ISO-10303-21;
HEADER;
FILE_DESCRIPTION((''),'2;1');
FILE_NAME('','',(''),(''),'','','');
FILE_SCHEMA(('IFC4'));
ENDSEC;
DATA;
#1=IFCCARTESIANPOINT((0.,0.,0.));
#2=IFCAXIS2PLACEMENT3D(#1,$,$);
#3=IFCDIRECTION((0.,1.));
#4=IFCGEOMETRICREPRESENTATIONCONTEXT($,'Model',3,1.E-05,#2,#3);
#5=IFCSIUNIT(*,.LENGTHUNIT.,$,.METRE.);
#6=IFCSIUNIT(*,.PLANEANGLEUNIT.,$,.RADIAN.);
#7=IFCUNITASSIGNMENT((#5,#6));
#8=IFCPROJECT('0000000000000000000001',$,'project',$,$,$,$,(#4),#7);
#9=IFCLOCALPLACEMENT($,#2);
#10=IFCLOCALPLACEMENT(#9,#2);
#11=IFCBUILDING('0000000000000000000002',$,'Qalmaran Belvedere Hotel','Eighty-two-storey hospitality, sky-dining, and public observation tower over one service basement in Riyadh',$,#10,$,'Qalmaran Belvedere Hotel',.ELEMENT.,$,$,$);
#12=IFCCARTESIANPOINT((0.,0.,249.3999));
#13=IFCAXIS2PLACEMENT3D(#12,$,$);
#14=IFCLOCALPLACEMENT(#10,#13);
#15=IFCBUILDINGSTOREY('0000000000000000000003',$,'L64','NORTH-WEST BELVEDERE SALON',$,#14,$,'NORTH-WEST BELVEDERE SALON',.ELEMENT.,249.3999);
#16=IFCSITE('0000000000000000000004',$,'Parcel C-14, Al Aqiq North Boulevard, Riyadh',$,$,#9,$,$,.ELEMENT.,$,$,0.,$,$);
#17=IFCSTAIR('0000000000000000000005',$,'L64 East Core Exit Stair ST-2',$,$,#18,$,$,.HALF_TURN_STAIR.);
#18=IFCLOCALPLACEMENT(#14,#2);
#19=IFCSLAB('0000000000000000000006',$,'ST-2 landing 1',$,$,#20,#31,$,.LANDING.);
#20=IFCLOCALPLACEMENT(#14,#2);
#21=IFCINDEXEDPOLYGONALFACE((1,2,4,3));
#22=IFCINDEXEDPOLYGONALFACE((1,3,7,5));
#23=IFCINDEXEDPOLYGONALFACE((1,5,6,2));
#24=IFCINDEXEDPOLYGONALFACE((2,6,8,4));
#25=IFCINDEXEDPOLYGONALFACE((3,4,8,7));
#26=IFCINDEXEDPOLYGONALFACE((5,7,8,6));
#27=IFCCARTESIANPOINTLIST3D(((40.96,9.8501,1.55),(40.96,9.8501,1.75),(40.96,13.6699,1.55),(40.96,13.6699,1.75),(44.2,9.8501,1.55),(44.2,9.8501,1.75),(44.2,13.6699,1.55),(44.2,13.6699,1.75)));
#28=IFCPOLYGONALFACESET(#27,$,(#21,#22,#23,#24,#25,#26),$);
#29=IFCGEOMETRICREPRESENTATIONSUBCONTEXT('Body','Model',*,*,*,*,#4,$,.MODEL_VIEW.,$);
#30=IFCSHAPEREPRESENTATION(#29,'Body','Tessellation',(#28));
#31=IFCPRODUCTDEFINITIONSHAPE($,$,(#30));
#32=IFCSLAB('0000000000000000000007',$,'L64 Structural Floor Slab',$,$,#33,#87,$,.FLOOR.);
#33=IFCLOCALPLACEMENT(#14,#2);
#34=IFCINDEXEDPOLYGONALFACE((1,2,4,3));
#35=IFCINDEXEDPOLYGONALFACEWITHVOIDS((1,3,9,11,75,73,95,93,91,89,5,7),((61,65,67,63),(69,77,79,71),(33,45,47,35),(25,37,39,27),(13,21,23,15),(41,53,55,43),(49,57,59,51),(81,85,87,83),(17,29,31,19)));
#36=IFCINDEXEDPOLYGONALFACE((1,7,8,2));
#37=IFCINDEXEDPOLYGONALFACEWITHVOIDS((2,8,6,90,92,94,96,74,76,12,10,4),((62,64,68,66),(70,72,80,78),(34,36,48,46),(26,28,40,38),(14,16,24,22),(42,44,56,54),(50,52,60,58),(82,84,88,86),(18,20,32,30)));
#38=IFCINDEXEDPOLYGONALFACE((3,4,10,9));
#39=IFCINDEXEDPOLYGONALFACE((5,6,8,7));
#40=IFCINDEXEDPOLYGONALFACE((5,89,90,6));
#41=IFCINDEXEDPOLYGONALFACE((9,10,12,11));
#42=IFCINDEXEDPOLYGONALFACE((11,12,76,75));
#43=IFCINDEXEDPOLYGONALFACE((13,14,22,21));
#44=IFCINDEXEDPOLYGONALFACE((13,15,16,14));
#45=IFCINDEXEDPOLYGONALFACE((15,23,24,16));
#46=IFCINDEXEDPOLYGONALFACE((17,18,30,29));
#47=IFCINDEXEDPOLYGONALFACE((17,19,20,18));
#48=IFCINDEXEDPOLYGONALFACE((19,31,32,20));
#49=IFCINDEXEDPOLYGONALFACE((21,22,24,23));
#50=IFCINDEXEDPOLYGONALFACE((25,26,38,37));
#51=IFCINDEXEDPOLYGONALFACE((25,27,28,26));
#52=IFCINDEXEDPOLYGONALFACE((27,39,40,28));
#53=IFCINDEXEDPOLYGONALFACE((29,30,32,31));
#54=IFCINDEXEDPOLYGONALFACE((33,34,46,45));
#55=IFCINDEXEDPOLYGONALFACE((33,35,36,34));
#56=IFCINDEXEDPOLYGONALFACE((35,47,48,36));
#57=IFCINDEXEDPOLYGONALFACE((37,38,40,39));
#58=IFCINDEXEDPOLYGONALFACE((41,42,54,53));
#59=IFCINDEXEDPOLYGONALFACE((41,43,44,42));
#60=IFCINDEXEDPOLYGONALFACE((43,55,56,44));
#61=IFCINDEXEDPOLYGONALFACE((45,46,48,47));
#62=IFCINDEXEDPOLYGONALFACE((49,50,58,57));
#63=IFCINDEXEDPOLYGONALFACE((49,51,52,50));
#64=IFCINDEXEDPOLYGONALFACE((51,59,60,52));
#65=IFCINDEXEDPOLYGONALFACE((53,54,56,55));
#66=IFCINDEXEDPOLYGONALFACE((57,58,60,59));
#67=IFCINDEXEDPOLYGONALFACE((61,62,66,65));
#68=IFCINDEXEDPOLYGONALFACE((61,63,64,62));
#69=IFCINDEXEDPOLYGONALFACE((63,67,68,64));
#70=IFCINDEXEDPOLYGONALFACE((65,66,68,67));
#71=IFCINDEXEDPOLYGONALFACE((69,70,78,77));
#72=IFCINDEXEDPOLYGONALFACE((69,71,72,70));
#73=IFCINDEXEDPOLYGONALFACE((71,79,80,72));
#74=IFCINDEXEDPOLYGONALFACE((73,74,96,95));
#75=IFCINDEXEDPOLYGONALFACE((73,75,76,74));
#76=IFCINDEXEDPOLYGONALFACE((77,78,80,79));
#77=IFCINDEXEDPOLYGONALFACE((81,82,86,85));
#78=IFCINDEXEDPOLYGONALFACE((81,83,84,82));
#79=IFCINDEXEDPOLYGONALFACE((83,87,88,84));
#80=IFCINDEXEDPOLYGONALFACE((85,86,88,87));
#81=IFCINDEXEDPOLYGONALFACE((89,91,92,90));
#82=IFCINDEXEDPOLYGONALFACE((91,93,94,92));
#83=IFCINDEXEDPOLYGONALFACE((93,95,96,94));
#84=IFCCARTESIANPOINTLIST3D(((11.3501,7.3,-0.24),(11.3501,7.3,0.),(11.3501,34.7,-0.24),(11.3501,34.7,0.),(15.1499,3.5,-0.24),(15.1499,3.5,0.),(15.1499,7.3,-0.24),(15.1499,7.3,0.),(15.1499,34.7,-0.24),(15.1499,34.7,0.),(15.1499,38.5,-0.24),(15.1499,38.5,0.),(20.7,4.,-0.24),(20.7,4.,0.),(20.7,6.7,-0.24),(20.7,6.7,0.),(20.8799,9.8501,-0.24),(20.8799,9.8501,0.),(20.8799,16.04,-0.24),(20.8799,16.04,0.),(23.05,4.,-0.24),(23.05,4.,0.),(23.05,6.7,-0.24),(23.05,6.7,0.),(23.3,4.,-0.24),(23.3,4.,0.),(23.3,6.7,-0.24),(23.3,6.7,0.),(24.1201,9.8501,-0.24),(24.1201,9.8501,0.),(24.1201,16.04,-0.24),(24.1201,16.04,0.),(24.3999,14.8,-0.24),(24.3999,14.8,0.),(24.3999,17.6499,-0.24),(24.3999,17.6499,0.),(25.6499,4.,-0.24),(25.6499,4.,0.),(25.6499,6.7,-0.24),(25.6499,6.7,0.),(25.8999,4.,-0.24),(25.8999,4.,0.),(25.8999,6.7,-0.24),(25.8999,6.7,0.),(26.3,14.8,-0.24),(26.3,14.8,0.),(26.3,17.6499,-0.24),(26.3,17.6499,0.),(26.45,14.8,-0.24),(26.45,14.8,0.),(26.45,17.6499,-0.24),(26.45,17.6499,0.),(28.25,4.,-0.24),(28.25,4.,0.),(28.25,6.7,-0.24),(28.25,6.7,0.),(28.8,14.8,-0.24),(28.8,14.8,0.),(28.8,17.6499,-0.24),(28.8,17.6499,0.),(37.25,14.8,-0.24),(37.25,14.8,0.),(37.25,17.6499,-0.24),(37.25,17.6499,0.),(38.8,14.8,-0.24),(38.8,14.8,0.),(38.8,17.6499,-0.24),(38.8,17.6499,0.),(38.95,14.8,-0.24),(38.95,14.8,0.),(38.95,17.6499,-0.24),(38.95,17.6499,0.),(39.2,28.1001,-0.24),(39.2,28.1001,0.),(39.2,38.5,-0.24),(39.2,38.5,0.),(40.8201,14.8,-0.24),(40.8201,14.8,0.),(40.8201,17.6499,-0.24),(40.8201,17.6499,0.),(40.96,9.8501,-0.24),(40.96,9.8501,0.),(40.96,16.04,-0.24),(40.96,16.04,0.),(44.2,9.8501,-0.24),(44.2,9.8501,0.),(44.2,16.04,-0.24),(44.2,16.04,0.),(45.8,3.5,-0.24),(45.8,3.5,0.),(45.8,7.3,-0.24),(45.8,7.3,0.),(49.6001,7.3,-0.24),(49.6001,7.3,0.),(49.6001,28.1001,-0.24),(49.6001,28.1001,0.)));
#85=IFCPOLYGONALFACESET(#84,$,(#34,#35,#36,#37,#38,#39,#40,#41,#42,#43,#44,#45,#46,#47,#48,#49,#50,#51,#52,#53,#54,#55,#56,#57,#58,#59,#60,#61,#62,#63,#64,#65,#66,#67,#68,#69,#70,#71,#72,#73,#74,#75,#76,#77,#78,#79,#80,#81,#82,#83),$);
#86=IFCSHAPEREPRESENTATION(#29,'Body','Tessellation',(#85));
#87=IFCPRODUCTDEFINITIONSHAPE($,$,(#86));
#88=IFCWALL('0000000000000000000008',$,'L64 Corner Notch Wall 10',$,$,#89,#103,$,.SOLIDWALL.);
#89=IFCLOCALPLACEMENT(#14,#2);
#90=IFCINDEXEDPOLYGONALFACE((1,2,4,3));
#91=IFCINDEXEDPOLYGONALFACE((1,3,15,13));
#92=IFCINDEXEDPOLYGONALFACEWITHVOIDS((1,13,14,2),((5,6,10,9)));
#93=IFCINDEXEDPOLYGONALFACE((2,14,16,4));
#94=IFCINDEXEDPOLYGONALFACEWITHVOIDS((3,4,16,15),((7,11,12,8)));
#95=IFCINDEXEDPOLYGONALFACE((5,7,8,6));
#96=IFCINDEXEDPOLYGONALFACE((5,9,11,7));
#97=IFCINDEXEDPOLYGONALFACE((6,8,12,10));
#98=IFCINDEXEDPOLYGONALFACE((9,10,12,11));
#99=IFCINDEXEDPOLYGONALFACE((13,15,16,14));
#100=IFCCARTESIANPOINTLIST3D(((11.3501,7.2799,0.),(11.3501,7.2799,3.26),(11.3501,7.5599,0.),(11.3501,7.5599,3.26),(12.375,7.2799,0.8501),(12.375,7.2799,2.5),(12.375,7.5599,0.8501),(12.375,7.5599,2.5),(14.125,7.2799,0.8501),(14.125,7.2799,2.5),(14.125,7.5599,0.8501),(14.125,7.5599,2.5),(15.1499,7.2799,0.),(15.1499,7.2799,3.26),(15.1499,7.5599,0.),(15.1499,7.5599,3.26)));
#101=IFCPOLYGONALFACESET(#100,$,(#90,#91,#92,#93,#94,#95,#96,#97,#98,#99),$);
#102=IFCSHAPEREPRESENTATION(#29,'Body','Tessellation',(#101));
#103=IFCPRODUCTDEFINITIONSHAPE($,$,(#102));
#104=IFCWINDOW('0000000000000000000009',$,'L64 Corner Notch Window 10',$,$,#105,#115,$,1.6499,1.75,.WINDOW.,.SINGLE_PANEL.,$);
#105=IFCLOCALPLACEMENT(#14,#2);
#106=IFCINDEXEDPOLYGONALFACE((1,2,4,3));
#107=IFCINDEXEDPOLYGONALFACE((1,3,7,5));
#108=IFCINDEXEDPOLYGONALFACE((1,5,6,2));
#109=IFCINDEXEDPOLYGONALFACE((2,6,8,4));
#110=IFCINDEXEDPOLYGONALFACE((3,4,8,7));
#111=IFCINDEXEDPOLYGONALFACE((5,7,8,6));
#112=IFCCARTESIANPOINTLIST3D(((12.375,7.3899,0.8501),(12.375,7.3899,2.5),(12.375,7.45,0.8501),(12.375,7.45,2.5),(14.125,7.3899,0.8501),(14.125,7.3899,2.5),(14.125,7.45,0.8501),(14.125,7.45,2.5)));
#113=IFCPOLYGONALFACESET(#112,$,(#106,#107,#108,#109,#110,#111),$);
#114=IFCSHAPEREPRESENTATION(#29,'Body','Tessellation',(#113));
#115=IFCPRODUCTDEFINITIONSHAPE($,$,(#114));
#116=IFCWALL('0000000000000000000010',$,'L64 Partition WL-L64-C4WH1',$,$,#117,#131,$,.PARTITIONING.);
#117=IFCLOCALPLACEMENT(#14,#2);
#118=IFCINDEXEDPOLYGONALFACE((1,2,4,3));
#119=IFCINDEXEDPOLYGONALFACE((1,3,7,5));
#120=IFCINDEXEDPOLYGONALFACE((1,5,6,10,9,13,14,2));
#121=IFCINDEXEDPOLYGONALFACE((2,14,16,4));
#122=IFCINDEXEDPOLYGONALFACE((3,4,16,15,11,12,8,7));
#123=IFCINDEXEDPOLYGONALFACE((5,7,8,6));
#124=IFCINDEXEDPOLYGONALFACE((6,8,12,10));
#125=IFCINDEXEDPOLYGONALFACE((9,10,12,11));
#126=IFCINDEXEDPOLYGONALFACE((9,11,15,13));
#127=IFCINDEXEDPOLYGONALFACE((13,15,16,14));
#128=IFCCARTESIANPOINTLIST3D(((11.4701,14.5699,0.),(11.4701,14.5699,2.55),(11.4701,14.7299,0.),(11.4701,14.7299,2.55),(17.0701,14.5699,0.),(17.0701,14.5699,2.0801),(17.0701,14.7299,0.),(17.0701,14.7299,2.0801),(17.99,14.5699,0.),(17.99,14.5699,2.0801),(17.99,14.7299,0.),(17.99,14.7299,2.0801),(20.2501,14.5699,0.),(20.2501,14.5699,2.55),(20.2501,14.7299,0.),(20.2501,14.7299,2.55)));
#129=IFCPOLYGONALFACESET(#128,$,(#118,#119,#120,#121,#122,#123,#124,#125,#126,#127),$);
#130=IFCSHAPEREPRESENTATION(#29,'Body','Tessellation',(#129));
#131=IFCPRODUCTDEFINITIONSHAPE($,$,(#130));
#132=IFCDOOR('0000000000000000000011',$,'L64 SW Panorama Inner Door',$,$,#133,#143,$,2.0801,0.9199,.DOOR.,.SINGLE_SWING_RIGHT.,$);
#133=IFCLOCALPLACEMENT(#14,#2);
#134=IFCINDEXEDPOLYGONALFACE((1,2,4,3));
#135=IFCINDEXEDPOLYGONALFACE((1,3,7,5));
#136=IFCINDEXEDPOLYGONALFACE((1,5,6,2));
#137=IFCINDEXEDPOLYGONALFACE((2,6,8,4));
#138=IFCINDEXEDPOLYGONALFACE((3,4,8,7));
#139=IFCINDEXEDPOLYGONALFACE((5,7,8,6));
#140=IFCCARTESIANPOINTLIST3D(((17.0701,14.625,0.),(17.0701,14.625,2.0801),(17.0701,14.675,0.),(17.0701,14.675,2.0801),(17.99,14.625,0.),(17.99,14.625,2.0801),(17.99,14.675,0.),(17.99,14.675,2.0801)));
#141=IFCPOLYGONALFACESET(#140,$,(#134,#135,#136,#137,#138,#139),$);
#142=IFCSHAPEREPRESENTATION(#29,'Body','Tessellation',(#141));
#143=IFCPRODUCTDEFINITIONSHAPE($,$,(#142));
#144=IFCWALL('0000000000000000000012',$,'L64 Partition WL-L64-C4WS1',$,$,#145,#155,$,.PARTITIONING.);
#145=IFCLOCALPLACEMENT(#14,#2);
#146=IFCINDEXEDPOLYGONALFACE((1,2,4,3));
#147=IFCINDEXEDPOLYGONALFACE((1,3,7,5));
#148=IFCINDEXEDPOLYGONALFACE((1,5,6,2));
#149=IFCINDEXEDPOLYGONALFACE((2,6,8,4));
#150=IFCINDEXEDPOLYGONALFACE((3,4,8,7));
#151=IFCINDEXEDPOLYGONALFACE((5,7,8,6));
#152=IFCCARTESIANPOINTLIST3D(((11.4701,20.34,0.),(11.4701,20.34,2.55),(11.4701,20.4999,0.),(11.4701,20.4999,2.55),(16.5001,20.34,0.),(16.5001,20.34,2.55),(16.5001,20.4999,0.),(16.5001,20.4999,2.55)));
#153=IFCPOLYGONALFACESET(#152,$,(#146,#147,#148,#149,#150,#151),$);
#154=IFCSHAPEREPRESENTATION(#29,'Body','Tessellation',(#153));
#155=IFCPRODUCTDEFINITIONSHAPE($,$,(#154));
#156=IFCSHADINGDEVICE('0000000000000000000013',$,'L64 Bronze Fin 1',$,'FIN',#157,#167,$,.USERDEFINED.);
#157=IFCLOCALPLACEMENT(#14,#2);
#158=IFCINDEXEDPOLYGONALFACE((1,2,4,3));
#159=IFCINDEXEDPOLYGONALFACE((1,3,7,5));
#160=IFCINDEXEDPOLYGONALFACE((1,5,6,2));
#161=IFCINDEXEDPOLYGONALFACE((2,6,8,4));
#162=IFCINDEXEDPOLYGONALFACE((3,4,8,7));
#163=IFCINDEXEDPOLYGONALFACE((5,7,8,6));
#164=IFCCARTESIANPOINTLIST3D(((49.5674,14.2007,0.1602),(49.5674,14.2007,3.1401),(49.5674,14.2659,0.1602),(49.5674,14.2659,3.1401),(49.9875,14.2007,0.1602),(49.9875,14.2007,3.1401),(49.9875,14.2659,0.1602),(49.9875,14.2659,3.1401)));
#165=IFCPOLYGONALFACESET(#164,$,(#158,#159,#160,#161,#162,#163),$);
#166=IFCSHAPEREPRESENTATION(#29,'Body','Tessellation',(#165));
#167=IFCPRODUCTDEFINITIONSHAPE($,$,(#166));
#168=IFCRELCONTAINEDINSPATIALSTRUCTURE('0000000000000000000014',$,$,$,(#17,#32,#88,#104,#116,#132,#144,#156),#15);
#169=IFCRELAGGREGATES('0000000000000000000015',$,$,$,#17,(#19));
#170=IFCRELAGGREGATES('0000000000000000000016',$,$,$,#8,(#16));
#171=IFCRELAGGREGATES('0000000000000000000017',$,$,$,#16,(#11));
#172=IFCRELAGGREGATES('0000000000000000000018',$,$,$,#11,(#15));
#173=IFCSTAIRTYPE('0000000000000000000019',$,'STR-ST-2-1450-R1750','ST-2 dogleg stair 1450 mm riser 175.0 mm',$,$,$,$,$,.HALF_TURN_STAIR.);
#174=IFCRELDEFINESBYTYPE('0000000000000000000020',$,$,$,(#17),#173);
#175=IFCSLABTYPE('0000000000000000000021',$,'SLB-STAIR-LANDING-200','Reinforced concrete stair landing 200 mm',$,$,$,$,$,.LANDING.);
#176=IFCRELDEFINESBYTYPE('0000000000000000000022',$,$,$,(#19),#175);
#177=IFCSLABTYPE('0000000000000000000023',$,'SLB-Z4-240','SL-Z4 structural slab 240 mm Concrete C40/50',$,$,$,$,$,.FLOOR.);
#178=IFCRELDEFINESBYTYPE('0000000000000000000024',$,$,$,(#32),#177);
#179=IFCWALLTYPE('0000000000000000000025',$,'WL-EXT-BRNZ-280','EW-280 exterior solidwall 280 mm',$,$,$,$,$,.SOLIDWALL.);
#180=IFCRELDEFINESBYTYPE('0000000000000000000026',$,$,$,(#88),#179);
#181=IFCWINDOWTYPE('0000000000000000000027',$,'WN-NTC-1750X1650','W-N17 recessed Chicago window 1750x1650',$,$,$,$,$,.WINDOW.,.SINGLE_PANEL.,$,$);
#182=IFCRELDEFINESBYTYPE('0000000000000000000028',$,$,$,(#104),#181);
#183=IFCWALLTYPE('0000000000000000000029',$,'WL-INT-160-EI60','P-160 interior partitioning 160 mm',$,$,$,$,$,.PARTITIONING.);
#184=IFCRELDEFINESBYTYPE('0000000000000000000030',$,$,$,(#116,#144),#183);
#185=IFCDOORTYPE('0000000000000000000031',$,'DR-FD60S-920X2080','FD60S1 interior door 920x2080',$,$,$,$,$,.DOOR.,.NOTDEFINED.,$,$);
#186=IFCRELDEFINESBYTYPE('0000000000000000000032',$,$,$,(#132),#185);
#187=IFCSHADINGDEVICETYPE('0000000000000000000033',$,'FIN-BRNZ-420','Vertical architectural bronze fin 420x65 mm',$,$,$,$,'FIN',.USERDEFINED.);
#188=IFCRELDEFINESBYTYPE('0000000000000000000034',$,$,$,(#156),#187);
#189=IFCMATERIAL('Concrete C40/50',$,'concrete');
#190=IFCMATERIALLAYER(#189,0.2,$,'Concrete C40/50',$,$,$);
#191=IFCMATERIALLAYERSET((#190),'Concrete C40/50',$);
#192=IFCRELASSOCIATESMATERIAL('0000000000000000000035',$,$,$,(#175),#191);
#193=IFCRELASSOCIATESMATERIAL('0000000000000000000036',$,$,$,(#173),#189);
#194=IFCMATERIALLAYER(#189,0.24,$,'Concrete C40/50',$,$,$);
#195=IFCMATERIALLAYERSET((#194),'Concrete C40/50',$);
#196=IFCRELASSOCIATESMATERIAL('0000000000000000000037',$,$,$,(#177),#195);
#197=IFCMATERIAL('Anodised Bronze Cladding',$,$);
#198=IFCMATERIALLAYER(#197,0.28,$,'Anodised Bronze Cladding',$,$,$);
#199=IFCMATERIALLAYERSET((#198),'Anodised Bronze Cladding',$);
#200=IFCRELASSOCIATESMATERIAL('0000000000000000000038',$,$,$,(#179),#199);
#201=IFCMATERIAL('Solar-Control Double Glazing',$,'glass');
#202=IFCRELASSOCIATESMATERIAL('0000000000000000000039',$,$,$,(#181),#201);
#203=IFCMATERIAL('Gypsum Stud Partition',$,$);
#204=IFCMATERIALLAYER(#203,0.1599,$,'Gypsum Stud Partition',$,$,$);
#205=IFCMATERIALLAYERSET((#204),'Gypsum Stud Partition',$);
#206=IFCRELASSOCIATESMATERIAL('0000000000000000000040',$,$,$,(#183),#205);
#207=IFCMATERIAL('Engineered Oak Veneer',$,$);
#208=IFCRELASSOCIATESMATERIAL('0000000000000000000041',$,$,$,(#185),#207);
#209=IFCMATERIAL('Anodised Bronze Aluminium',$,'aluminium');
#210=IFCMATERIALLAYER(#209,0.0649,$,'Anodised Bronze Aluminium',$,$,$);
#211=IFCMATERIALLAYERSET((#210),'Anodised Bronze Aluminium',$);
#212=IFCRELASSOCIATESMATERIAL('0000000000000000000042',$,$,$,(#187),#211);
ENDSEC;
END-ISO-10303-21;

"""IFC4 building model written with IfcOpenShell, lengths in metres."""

from ifc_helpers import new_model, si_unit, direction, frame, frame_2d, origin, place, context, subcontext, project, spatial, polyline, rectangle, outline, extrude, material, layer, layer_set, type_object, element, fill, aggregate, save


model = new_model("IFC4")

# Units and contexts
model_context = context("Model", 3, precision=1e-05, world=origin(), true_north=direction((0.0, 1.0)))
body_context = subcontext(model_context, "Body", "Model", "MODEL_VIEW")
ifc_project = project(units=[si_unit("LENGTHUNIT", "METRE"), si_unit("PLANEANGLEUNIT", "RADIAN")], contexts=[model_context])

# Site, building, storey
site_placement = place(None, origin())
site = spatial("IfcSite", under=ifc_project, at=site_placement, Name="Parcel C-14, Al Aqiq North Boulevard, Riyadh", CompositionType="ELEMENT", RefElevation=0.0)
building_placement = place(site_placement, origin())
building = spatial("IfcBuilding", under=site, at=building_placement, Name="Qalmaran Belvedere Hotel", Description="Eighty-two-storey hospitality, sky-dining, and public observation tower over one service basement in Riyadh", LongName="Qalmaran Belvedere Hotel", CompositionType="ELEMENT")
storey_placement = place(building_placement, frame((0.0, 0.0, 249.3999)))
storey = spatial("IfcBuildingStorey", under=building, at=storey_placement, Name="L64", Description="NORTH-WEST BELVEDERE SALON", LongName="NORTH-WEST BELVEDERE SALON", CompositionType="ELEMENT", Elevation=249.3999)

# Shared definitions
ifc_material_1 = material(Name="Anodised Bronze Aluminium", Category="aluminium")

# Shared definitions
ifc_material_2 = material(Name="Solar-Control Double Glazing", Category="glass")

# Shared definitions
ifc_material_3 = material(Name="Concrete C40/50", Category="concrete")

# Stair, slab
ifc_layer_1 = layer(ifc_material_3, 0.2, Name="Concrete C40/50")
ifc_layer_set_1 = layer_set([ifc_layer_1], Name="Concrete C40/50")
slab_type_1 = type_object("IfcSlabType", Name="SLB-STAIR-LANDING-200", Description="Reinforced concrete stair landing 200 mm", PredefinedType="LANDING", material=ifc_layer_set_1)
stair_type_1 = type_object("IfcStairType", Name="STR-ST-2-1450-R1750", Description="ST-2 dogleg stair 1450 mm riser 175.0 mm", PredefinedType="HALF_TURN_STAIR", material=ifc_material_3)
stair_1_placement = place(storey_placement, origin())
stair_1 = element("IfcStair", 1, at=stair_1_placement, inside=storey, type_object=stair_type_1, Name="L64 East Core Exit Stair ST-2", PredefinedType="HALF_TURN_STAIR")
slab_1_placement = place(storey_placement, frame((0.0, 0.0, 1.55)))
slab_1 = element("IfcSlab", 2, at=slab_1_placement, type_object=slab_type_1, Name="ST-2 landing 1", PredefinedType="LANDING", context=body_context, shape_type="SweptSolid", body=[
    extrude(outline(polyline([(40.96, 13.6699), (40.96, 9.8501), (44.2, 9.8501), (44.2, 13.6699), (40.96, 13.6699)])), origin(), (0.0, 0.0, 1.0), 0.2),
])
aggregate(stair_1, [slab_1])

# Slab
ifc_layer_2 = layer(ifc_material_3, 0.24, Name="Concrete C40/50")
ifc_layer_set_2 = layer_set([ifc_layer_2], Name="Concrete C40/50")
slab_type_2 = type_object("IfcSlabType", Name="SLB-Z4-240", Description="SL-Z4 structural slab 240 mm Concrete C40/50", PredefinedType="FLOOR", material=ifc_layer_set_2)
slab_2_placement = place(storey_placement, frame((0.0, 0.0, -0.24)))
element("IfcSlab", 3, at=slab_2_placement, inside=storey, type_object=slab_type_2, Name="L64 Structural Floor Slab", PredefinedType="FLOOR", context=body_context, shape_type="SweptSolid", body=[
    extrude(outline(polyline([(15.1499, 3.5), (45.8, 3.5), (45.8, 7.3), (49.6001, 7.3), (49.6001, 28.1001), (39.2, 28.1001), (39.2, 38.5), (15.1499, 38.5), (15.1499, 34.7), (11.3501, 34.7), (11.3501, 7.3), (15.1499, 7.3), (15.1499, 3.5)]), holes=[polyline([(20.8799, 9.8501), (24.1201, 9.8501), (24.1201, 16.04), (20.8799, 16.04), (20.8799, 9.8501)]), polyline([(40.96, 9.8501), (44.2, 9.8501), (44.2, 16.04), (40.96, 16.04), (40.96, 9.8501)]), polyline([(20.7, 4.0), (23.05, 4.0), (23.05, 6.7), (20.7, 6.7), (20.7, 4.0)]), polyline([(23.3, 4.0), (25.6499, 4.0), (25.6499, 6.7), (23.3, 6.7), (23.3, 4.0)]), polyline([(25.8999, 4.0), (28.25, 4.0), (28.25, 6.7), (25.8999, 6.7), (25.8999, 4.0)]), polyline([(24.3999, 14.8), (26.3, 14.8), (26.3, 17.6499), (24.3999, 17.6499), (24.3999, 14.8)]), polyline([(38.95, 14.8), (40.8201, 14.8), (40.8201, 17.6499), (38.95, 17.6499), (38.95, 14.8)]), polyline([(26.45, 14.8), (28.8, 14.8), (28.8, 17.6499), (26.45, 17.6499), (26.45, 14.8)]), polyline([(37.25, 14.8), (38.8, 14.8), (38.8, 17.6499), (37.25, 17.6499), (37.25, 14.8)])]), origin(), (0.0, 0.0, 1.0), 0.24),
])

# Wall, opening, window
ifc_material_4 = material(Name="Anodised Bronze Cladding")
ifc_layer_3 = layer(ifc_material_4, 0.28, Name="Anodised Bronze Cladding")
ifc_layer_set_3 = layer_set([ifc_layer_3], Name="Anodised Bronze Cladding")
wall_type_1 = type_object("IfcWallType", Name="WL-EXT-BRNZ-280", Description="EW-280 exterior solidwall 280 mm", PredefinedType="SOLIDWALL", material=ifc_layer_set_3)
wall_1_placement = place(storey_placement, frame((11.3501, 7.4199, 0.0), z_axis=(0.0, 0.0, 1.0), x_axis=(1.0, 0.0, 0.0)))
wall_1 = element("IfcWall", 4, at=wall_1_placement, inside=storey, type_object=wall_type_1, Name="L64 Corner Notch Wall 10", PredefinedType="SOLIDWALL", context=body_context, shape_type="SweptSolid", body=[
    extrude(rectangle(XDim=3.7998, YDim=0.28, at=frame_2d((1.8999, 0.0))), origin(), (0.0, 0.0, 1.0), 3.26),
])
opening_1_placement = place(wall_1_placement, frame((1.0249, 0.0, 0.8501)))
opening_1 = element("IfcOpeningElement", 5, at=opening_1_placement, cuts=wall_1, PredefinedType="OPENING", context=body_context, shape_type="SweptSolid", body=[
    extrude(rectangle(XDim=1.75, YDim=1.6499, at=frame_2d((0.875, 0.825))), frame((0.0, 0.1499, 0.0), z_axis=(0.0, -1.0, 0.0), x_axis=(1.0, 0.0, 0.0)), (0.0, 0.0, 1.0), 0.3),
])
window_type = type_object("IfcWindowType", Name="WN-NTC-1750X1650", Description="W-N17 recessed Chicago window 1750x1650", PartitioningType="SINGLE_PANEL", PredefinedType="WINDOW", material=ifc_material_2)
window_placement = place(opening_1_placement, origin())
window = element("IfcWindow", 6, at=window_placement, inside=storey, type_object=window_type, Name="L64 Corner Notch Window 10", OverallHeight=1.6499, OverallWidth=1.75, PartitioningType="SINGLE_PANEL", PredefinedType="WINDOW", context=body_context, shape_type="SweptSolid", body=[
    extrude(rectangle(XDim=1.75, YDim=1.6499, at=frame_2d((0.875, 0.825))), frame((0.0, 0.03, 0.0), z_axis=(0.0, -1.0, 0.0), x_axis=(1.0, 0.0, 0.0)), (0.0, 0.0, 1.0), 0.0601),
])
fill(opening_1, window)

# Wall, opening, door
ifc_material_5 = material(Name="Gypsum Stud Partition")
ifc_layer_4 = layer(ifc_material_5, 0.1599, Name="Gypsum Stud Partition")
ifc_layer_set_4 = layer_set([ifc_layer_4], Name="Gypsum Stud Partition")
wall_type_2 = type_object("IfcWallType", Name="WL-INT-160-EI60", Description="P-160 interior partitioning 160 mm", PredefinedType="PARTITIONING", material=ifc_layer_set_4)
wall_2_placement = place(storey_placement, frame((11.47, 14.6499, 0.0), z_axis=(0.0, 0.0, 1.0), x_axis=(1.0, 0.0, 0.0)))
wall_2 = element("IfcWall", 7, at=wall_2_placement, inside=storey, type_object=wall_type_2, Name="L64 Partition WL-L64-C4WH1", PredefinedType="PARTITIONING", context=body_context, shape_type="SweptSolid", body=[
    extrude(rectangle(XDim=8.78, YDim=0.1599, at=frame_2d((4.3901, 0.0))), origin(), (0.0, 0.0, 1.0), 2.55),
])
opening_2_placement = place(wall_2_placement, frame((6.52, 0.0, 0.0), z_axis=(0.0, 0.0, 1.0), x_axis=(-1.0, 0.0, 0.0)))
opening_2 = element("IfcOpeningElement", 8, at=opening_2_placement, cuts=wall_2, PredefinedType="OPENING", context=body_context, shape_type="SweptSolid", body=[
    extrude(rectangle(XDim=0.9199, YDim=2.0801, at=frame_2d((0.46, 1.04))), frame((0.0, 0.0898, 0.0), z_axis=(0.0, -1.0, 0.0), x_axis=(1.0, 0.0, 0.0)), (0.0, 0.0, 1.0), 0.1799),
])
ifc_material_6 = material(Name="Engineered Oak Veneer")
door_type = type_object("IfcDoorType", Name="DR-FD60S-920X2080", Description="FD60S1 interior door 920x2080", OperationType="NOTDEFINED", PredefinedType="DOOR", material=ifc_material_6)
door_placement = place(opening_2_placement, origin())
door = element("IfcDoor", 9, at=door_placement, inside=storey, type_object=door_type, Name="L64 SW Panorama Inner Door", OperationType="SINGLE_SWING_RIGHT", OverallHeight=2.0801, OverallWidth=0.9199, PredefinedType="DOOR", context=body_context, shape_type="SweptSolid", body=[
    extrude(rectangle(XDim=0.9199, YDim=2.0801, at=frame_2d((0.46, 1.04))), frame((0.0, 0.0249, 0.0), z_axis=(0.0, -1.0, 0.0), x_axis=(1.0, 0.0, 0.0)), (0.0, 0.0, 1.0), 0.05),
])
fill(opening_2, door)

# Wall
wall_3_placement = place(storey_placement, frame((11.47, 20.4199, 0.0), z_axis=(0.0, 0.0, 1.0), x_axis=(1.0, 0.0, 0.0)))
element("IfcWall", 10, at=wall_3_placement, inside=storey, type_object=wall_type_2, Name="L64 Partition WL-L64-C4WS1", PredefinedType="PARTITIONING", context=body_context, shape_type="SweptSolid", body=[
    extrude(rectangle(XDim=5.03, YDim=0.1599, at=frame_2d((2.5151, 0.0))), origin(), (0.0, 0.0, 1.0), 2.55),
])

# Shading device
ifc_layer_5 = layer(ifc_material_1, 0.0649, Name="Anodised Bronze Aluminium")
ifc_layer_set_5 = layer_set([ifc_layer_5], Name="Anodised Bronze Aluminium")
shading_device_type = type_object("IfcShadingDeviceType", Name="FIN-BRNZ-420", Description="Vertical architectural bronze fin 420x65 mm", ElementType="FIN", PredefinedType="USERDEFINED", material=ifc_layer_set_5)
shading_device_1_placement = place(storey_placement, frame((0.0, 0.0, 0.1602)))
element("IfcShadingDevice", 11, at=shading_device_1_placement, inside=storey, type_object=shading_device_type, Name="L64 Bronze Fin 1", ObjectType="FIN", PredefinedType="USERDEFINED", context=body_context, shape_type="SweptSolid", body=[
    extrude(outline(polyline([(49.5674, 14.2007), (49.9875, 14.2007), (49.9875, 14.2659), (49.5674, 14.2659), (49.5674, 14.2007)])), origin(), (0.0, 0.0, 1.0), 2.98),
])

save(model, "model.ifc")
